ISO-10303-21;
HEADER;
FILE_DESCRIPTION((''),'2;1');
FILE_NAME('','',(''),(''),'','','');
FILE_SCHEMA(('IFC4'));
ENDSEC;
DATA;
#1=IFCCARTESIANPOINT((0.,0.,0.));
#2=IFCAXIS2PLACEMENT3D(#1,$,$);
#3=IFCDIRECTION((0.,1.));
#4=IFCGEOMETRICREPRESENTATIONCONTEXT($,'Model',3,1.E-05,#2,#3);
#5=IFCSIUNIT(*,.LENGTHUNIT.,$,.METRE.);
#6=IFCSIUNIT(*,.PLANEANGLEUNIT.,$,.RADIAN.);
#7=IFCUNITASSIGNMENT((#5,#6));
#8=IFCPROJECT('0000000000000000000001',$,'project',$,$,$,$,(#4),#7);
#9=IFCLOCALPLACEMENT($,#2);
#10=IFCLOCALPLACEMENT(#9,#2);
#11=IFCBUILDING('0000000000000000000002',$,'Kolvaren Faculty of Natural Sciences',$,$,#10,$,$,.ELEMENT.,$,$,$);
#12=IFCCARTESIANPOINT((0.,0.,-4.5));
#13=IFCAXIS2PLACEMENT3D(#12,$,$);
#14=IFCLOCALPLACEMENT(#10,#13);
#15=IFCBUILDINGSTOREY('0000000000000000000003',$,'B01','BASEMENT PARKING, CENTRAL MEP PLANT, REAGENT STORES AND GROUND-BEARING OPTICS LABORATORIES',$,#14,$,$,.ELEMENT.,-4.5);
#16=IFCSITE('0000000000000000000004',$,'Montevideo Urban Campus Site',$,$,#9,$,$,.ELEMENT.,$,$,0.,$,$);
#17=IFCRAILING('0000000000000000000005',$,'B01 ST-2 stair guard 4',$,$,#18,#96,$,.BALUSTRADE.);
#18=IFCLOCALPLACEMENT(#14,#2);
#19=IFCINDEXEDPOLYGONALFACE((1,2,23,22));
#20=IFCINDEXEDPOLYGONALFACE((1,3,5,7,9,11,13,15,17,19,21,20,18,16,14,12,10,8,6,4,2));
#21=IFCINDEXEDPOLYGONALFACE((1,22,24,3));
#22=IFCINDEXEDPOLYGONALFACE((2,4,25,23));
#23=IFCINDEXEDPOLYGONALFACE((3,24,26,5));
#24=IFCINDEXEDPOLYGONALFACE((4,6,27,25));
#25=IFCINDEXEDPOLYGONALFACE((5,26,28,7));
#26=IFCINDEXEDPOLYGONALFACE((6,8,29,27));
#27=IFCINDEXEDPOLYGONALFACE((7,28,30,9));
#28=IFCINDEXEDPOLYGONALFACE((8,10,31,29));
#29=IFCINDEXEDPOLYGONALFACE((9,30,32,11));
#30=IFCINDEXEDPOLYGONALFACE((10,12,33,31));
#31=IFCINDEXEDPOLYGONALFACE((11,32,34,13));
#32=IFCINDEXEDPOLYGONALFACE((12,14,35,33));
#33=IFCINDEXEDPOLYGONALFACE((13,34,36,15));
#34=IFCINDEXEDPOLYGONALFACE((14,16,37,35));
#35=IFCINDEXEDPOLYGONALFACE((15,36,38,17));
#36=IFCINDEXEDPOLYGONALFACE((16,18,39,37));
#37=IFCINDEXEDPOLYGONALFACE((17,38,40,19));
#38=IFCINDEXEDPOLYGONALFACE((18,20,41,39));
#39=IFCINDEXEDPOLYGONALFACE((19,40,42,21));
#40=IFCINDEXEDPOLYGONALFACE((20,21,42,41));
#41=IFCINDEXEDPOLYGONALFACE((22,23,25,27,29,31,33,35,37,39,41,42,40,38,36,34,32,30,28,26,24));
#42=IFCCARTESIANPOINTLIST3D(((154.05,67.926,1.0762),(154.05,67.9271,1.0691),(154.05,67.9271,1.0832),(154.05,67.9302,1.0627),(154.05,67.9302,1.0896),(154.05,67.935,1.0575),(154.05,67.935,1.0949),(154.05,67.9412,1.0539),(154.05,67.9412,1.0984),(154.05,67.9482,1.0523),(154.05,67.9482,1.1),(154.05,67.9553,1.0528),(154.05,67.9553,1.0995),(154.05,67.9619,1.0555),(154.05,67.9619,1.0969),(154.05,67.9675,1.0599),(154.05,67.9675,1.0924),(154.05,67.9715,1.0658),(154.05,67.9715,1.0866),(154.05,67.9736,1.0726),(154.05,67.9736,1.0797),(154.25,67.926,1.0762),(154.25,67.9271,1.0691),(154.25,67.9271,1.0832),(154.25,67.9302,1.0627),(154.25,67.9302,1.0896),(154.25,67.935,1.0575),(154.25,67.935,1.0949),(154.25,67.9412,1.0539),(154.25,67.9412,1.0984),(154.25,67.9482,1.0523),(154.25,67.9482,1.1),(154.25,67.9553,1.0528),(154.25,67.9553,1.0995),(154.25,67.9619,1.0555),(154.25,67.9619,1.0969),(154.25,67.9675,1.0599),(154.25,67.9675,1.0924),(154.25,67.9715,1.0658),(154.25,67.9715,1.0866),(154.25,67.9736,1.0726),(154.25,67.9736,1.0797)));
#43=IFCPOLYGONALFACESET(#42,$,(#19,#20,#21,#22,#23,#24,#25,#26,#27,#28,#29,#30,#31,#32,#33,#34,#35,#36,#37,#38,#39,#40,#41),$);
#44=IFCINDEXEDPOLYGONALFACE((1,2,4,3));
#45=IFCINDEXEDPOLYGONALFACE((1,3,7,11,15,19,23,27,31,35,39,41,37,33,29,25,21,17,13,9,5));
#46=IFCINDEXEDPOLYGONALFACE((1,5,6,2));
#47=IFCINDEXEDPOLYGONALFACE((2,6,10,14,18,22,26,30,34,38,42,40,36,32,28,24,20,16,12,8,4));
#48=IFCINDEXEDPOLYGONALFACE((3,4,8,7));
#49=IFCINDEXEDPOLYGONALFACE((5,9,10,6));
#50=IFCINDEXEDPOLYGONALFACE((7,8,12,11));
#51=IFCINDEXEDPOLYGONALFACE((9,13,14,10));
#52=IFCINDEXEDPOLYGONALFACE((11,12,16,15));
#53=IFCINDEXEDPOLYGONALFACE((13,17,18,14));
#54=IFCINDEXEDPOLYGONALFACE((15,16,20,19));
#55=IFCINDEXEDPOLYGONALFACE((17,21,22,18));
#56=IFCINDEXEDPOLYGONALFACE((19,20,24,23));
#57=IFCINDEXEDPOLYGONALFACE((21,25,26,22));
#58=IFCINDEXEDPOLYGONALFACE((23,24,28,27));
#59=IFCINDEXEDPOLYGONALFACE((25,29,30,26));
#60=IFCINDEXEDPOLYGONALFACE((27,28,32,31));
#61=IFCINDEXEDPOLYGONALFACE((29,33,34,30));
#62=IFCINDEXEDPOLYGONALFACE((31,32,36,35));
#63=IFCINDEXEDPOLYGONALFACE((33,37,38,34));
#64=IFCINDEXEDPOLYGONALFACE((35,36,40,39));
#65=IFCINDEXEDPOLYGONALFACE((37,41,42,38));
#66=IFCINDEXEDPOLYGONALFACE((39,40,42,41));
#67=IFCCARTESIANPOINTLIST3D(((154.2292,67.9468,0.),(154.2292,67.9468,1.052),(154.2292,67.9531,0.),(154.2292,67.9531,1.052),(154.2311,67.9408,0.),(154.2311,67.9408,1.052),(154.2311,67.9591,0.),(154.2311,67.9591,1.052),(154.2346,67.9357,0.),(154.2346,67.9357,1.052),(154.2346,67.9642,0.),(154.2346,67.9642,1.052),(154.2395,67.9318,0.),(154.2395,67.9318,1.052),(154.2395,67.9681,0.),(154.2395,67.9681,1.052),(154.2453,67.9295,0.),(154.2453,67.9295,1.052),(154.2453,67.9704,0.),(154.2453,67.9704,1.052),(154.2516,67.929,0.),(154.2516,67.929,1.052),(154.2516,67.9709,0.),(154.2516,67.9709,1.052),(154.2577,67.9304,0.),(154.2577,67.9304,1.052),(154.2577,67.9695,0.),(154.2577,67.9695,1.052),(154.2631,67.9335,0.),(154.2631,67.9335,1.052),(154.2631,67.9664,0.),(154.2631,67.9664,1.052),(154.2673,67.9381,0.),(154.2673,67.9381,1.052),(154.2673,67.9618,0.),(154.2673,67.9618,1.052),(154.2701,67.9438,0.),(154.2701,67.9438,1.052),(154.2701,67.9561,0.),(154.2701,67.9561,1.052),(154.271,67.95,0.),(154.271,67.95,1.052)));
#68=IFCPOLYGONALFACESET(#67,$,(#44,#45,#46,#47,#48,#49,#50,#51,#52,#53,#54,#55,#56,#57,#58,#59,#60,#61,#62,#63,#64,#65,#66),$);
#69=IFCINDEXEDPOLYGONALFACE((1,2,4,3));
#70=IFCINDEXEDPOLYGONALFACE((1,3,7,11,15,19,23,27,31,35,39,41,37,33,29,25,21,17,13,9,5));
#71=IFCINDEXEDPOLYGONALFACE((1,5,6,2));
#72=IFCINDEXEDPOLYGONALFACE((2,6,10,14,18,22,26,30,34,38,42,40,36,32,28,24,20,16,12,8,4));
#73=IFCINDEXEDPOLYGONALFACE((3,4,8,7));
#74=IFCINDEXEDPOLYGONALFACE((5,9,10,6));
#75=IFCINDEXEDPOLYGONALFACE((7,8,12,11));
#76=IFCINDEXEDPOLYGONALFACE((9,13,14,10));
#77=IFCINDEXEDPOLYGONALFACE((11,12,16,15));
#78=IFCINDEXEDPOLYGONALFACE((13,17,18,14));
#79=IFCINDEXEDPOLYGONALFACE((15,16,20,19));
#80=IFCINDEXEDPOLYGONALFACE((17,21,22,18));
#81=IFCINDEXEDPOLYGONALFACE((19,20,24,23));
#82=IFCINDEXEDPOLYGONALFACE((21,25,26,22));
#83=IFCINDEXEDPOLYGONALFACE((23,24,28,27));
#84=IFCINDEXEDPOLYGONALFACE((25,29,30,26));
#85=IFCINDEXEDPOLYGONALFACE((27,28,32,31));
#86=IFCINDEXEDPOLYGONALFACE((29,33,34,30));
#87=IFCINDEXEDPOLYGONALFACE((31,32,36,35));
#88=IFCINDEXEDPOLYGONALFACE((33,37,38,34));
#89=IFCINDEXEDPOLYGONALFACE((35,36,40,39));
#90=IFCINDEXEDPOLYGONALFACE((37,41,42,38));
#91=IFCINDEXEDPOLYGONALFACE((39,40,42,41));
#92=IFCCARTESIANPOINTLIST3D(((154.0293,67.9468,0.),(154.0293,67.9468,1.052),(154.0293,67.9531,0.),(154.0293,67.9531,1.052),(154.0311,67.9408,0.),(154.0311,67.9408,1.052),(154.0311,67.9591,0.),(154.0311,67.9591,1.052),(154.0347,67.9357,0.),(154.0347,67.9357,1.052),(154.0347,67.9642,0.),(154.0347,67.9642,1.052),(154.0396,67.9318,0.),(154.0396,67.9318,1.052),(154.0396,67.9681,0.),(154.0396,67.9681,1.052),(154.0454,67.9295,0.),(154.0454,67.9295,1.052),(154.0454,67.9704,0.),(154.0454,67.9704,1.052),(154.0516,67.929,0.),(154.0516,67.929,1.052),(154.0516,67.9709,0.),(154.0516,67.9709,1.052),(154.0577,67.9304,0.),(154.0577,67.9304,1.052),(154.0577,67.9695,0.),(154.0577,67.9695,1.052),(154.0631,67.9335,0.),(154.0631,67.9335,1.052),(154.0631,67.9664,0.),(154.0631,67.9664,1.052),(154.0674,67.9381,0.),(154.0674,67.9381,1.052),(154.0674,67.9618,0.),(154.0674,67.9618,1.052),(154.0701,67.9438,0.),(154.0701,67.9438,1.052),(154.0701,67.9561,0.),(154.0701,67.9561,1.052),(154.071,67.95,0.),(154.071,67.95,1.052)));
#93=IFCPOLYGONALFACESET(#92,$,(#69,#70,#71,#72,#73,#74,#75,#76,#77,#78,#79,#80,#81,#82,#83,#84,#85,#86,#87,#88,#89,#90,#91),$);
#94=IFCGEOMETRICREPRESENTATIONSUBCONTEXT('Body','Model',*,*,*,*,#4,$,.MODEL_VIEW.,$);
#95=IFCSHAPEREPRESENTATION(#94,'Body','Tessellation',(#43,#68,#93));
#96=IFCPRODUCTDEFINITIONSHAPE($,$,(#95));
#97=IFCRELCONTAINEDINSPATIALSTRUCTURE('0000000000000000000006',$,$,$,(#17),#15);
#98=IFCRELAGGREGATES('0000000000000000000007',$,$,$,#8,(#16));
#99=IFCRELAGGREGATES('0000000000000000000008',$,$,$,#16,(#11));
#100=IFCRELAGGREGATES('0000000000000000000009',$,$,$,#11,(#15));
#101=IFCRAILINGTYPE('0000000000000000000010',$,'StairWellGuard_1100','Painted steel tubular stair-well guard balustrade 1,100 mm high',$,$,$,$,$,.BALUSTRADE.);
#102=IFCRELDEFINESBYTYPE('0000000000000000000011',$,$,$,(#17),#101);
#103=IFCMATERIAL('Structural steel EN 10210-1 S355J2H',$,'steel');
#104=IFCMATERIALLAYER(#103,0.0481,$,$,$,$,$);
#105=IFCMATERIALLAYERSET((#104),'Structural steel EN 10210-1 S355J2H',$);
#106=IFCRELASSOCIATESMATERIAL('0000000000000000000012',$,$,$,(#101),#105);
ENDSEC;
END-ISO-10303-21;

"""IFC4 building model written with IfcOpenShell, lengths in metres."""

from ifc_helpers import new_model, si_unit, direction, frame, origin, origin_2d, place, context, subcontext, project, spatial, circle, extrude, material, layer, layer_set, type_object, element, save


model = new_model("IFC4")

# Units and contexts
model_context = context("Model", 3, precision=1e-05, world=origin(), true_north=direction((0.0, 1.0)))
body_context = subcontext(model_context, "Body", "Model", "MODEL_VIEW")
ifc_project = project(units=[si_unit("LENGTHUNIT", "METRE"), si_unit("PLANEANGLEUNIT", "RADIAN")], contexts=[model_context])

# Site, building, storey
site_placement = place(None, origin())
site = spatial("IfcSite", under=ifc_project, at=site_placement, Name="Montevideo Urban Campus Site", CompositionType="ELEMENT", RefElevation=0.0)
building_placement = place(site_placement, origin())
building = spatial("IfcBuilding", under=site, at=building_placement, Name="Kolvaren Faculty of Natural Sciences", CompositionType="ELEMENT")
storey_placement = place(building_placement, frame((0.0, 0.0, -4.5)))
storey = spatial("IfcBuildingStorey", under=building, at=storey_placement, Name="B01", Description="BASEMENT PARKING, CENTRAL MEP PLANT, REAGENT STORES AND GROUND-BEARING OPTICS LABORATORIES", CompositionType="ELEMENT", Elevation=-4.5)

# Railing
ifc_material_1 = material(Name="Structural steel EN 10210-1 S355J2H", Category="steel")
ifc_layer_1 = layer(ifc_material_1, 0.0481)
ifc_layer_set_1 = layer_set([ifc_layer_1], Name="Structural steel EN 10210-1 S355J2H")
railing_type_1 = type_object("IfcRailingType", Name="StairWellGuard_1100", Description="Painted steel tubular stair-well guard balustrade 1,100 mm high", PredefinedType="BALUSTRADE", material=ifc_layer_set_1)
railing_1_placement = place(storey_placement, frame((154.25, 67.95, 0.0)))
element("IfcRailing", 1, at=railing_1_placement, inside=storey, type_object=railing_type_1, Name="B01 ST-2 stair guard 4", PredefinedType="BALUSTRADE", context=body_context, shape_type="SweptSolid", body=[
    extrude(circle(Radius=0.0239, at=origin_2d()), frame((0.0, 0.0, 1.0762), z_axis=(-1.0, 0.0, 0.0), x_axis=(0.0, -1.0, 0.0)), (0.0, 0.0, 1.0), 0.2),
    extrude(circle(Radius=0.021, at=origin_2d()), origin(), (0.0, 0.0, 1.0), 1.052),
    extrude(circle(Radius=0.021, at=origin_2d()), frame((-0.2, 0.0, 0.0)), (0.0, 0.0, 1.0), 1.052),
])

save(model, "model.ifc")
